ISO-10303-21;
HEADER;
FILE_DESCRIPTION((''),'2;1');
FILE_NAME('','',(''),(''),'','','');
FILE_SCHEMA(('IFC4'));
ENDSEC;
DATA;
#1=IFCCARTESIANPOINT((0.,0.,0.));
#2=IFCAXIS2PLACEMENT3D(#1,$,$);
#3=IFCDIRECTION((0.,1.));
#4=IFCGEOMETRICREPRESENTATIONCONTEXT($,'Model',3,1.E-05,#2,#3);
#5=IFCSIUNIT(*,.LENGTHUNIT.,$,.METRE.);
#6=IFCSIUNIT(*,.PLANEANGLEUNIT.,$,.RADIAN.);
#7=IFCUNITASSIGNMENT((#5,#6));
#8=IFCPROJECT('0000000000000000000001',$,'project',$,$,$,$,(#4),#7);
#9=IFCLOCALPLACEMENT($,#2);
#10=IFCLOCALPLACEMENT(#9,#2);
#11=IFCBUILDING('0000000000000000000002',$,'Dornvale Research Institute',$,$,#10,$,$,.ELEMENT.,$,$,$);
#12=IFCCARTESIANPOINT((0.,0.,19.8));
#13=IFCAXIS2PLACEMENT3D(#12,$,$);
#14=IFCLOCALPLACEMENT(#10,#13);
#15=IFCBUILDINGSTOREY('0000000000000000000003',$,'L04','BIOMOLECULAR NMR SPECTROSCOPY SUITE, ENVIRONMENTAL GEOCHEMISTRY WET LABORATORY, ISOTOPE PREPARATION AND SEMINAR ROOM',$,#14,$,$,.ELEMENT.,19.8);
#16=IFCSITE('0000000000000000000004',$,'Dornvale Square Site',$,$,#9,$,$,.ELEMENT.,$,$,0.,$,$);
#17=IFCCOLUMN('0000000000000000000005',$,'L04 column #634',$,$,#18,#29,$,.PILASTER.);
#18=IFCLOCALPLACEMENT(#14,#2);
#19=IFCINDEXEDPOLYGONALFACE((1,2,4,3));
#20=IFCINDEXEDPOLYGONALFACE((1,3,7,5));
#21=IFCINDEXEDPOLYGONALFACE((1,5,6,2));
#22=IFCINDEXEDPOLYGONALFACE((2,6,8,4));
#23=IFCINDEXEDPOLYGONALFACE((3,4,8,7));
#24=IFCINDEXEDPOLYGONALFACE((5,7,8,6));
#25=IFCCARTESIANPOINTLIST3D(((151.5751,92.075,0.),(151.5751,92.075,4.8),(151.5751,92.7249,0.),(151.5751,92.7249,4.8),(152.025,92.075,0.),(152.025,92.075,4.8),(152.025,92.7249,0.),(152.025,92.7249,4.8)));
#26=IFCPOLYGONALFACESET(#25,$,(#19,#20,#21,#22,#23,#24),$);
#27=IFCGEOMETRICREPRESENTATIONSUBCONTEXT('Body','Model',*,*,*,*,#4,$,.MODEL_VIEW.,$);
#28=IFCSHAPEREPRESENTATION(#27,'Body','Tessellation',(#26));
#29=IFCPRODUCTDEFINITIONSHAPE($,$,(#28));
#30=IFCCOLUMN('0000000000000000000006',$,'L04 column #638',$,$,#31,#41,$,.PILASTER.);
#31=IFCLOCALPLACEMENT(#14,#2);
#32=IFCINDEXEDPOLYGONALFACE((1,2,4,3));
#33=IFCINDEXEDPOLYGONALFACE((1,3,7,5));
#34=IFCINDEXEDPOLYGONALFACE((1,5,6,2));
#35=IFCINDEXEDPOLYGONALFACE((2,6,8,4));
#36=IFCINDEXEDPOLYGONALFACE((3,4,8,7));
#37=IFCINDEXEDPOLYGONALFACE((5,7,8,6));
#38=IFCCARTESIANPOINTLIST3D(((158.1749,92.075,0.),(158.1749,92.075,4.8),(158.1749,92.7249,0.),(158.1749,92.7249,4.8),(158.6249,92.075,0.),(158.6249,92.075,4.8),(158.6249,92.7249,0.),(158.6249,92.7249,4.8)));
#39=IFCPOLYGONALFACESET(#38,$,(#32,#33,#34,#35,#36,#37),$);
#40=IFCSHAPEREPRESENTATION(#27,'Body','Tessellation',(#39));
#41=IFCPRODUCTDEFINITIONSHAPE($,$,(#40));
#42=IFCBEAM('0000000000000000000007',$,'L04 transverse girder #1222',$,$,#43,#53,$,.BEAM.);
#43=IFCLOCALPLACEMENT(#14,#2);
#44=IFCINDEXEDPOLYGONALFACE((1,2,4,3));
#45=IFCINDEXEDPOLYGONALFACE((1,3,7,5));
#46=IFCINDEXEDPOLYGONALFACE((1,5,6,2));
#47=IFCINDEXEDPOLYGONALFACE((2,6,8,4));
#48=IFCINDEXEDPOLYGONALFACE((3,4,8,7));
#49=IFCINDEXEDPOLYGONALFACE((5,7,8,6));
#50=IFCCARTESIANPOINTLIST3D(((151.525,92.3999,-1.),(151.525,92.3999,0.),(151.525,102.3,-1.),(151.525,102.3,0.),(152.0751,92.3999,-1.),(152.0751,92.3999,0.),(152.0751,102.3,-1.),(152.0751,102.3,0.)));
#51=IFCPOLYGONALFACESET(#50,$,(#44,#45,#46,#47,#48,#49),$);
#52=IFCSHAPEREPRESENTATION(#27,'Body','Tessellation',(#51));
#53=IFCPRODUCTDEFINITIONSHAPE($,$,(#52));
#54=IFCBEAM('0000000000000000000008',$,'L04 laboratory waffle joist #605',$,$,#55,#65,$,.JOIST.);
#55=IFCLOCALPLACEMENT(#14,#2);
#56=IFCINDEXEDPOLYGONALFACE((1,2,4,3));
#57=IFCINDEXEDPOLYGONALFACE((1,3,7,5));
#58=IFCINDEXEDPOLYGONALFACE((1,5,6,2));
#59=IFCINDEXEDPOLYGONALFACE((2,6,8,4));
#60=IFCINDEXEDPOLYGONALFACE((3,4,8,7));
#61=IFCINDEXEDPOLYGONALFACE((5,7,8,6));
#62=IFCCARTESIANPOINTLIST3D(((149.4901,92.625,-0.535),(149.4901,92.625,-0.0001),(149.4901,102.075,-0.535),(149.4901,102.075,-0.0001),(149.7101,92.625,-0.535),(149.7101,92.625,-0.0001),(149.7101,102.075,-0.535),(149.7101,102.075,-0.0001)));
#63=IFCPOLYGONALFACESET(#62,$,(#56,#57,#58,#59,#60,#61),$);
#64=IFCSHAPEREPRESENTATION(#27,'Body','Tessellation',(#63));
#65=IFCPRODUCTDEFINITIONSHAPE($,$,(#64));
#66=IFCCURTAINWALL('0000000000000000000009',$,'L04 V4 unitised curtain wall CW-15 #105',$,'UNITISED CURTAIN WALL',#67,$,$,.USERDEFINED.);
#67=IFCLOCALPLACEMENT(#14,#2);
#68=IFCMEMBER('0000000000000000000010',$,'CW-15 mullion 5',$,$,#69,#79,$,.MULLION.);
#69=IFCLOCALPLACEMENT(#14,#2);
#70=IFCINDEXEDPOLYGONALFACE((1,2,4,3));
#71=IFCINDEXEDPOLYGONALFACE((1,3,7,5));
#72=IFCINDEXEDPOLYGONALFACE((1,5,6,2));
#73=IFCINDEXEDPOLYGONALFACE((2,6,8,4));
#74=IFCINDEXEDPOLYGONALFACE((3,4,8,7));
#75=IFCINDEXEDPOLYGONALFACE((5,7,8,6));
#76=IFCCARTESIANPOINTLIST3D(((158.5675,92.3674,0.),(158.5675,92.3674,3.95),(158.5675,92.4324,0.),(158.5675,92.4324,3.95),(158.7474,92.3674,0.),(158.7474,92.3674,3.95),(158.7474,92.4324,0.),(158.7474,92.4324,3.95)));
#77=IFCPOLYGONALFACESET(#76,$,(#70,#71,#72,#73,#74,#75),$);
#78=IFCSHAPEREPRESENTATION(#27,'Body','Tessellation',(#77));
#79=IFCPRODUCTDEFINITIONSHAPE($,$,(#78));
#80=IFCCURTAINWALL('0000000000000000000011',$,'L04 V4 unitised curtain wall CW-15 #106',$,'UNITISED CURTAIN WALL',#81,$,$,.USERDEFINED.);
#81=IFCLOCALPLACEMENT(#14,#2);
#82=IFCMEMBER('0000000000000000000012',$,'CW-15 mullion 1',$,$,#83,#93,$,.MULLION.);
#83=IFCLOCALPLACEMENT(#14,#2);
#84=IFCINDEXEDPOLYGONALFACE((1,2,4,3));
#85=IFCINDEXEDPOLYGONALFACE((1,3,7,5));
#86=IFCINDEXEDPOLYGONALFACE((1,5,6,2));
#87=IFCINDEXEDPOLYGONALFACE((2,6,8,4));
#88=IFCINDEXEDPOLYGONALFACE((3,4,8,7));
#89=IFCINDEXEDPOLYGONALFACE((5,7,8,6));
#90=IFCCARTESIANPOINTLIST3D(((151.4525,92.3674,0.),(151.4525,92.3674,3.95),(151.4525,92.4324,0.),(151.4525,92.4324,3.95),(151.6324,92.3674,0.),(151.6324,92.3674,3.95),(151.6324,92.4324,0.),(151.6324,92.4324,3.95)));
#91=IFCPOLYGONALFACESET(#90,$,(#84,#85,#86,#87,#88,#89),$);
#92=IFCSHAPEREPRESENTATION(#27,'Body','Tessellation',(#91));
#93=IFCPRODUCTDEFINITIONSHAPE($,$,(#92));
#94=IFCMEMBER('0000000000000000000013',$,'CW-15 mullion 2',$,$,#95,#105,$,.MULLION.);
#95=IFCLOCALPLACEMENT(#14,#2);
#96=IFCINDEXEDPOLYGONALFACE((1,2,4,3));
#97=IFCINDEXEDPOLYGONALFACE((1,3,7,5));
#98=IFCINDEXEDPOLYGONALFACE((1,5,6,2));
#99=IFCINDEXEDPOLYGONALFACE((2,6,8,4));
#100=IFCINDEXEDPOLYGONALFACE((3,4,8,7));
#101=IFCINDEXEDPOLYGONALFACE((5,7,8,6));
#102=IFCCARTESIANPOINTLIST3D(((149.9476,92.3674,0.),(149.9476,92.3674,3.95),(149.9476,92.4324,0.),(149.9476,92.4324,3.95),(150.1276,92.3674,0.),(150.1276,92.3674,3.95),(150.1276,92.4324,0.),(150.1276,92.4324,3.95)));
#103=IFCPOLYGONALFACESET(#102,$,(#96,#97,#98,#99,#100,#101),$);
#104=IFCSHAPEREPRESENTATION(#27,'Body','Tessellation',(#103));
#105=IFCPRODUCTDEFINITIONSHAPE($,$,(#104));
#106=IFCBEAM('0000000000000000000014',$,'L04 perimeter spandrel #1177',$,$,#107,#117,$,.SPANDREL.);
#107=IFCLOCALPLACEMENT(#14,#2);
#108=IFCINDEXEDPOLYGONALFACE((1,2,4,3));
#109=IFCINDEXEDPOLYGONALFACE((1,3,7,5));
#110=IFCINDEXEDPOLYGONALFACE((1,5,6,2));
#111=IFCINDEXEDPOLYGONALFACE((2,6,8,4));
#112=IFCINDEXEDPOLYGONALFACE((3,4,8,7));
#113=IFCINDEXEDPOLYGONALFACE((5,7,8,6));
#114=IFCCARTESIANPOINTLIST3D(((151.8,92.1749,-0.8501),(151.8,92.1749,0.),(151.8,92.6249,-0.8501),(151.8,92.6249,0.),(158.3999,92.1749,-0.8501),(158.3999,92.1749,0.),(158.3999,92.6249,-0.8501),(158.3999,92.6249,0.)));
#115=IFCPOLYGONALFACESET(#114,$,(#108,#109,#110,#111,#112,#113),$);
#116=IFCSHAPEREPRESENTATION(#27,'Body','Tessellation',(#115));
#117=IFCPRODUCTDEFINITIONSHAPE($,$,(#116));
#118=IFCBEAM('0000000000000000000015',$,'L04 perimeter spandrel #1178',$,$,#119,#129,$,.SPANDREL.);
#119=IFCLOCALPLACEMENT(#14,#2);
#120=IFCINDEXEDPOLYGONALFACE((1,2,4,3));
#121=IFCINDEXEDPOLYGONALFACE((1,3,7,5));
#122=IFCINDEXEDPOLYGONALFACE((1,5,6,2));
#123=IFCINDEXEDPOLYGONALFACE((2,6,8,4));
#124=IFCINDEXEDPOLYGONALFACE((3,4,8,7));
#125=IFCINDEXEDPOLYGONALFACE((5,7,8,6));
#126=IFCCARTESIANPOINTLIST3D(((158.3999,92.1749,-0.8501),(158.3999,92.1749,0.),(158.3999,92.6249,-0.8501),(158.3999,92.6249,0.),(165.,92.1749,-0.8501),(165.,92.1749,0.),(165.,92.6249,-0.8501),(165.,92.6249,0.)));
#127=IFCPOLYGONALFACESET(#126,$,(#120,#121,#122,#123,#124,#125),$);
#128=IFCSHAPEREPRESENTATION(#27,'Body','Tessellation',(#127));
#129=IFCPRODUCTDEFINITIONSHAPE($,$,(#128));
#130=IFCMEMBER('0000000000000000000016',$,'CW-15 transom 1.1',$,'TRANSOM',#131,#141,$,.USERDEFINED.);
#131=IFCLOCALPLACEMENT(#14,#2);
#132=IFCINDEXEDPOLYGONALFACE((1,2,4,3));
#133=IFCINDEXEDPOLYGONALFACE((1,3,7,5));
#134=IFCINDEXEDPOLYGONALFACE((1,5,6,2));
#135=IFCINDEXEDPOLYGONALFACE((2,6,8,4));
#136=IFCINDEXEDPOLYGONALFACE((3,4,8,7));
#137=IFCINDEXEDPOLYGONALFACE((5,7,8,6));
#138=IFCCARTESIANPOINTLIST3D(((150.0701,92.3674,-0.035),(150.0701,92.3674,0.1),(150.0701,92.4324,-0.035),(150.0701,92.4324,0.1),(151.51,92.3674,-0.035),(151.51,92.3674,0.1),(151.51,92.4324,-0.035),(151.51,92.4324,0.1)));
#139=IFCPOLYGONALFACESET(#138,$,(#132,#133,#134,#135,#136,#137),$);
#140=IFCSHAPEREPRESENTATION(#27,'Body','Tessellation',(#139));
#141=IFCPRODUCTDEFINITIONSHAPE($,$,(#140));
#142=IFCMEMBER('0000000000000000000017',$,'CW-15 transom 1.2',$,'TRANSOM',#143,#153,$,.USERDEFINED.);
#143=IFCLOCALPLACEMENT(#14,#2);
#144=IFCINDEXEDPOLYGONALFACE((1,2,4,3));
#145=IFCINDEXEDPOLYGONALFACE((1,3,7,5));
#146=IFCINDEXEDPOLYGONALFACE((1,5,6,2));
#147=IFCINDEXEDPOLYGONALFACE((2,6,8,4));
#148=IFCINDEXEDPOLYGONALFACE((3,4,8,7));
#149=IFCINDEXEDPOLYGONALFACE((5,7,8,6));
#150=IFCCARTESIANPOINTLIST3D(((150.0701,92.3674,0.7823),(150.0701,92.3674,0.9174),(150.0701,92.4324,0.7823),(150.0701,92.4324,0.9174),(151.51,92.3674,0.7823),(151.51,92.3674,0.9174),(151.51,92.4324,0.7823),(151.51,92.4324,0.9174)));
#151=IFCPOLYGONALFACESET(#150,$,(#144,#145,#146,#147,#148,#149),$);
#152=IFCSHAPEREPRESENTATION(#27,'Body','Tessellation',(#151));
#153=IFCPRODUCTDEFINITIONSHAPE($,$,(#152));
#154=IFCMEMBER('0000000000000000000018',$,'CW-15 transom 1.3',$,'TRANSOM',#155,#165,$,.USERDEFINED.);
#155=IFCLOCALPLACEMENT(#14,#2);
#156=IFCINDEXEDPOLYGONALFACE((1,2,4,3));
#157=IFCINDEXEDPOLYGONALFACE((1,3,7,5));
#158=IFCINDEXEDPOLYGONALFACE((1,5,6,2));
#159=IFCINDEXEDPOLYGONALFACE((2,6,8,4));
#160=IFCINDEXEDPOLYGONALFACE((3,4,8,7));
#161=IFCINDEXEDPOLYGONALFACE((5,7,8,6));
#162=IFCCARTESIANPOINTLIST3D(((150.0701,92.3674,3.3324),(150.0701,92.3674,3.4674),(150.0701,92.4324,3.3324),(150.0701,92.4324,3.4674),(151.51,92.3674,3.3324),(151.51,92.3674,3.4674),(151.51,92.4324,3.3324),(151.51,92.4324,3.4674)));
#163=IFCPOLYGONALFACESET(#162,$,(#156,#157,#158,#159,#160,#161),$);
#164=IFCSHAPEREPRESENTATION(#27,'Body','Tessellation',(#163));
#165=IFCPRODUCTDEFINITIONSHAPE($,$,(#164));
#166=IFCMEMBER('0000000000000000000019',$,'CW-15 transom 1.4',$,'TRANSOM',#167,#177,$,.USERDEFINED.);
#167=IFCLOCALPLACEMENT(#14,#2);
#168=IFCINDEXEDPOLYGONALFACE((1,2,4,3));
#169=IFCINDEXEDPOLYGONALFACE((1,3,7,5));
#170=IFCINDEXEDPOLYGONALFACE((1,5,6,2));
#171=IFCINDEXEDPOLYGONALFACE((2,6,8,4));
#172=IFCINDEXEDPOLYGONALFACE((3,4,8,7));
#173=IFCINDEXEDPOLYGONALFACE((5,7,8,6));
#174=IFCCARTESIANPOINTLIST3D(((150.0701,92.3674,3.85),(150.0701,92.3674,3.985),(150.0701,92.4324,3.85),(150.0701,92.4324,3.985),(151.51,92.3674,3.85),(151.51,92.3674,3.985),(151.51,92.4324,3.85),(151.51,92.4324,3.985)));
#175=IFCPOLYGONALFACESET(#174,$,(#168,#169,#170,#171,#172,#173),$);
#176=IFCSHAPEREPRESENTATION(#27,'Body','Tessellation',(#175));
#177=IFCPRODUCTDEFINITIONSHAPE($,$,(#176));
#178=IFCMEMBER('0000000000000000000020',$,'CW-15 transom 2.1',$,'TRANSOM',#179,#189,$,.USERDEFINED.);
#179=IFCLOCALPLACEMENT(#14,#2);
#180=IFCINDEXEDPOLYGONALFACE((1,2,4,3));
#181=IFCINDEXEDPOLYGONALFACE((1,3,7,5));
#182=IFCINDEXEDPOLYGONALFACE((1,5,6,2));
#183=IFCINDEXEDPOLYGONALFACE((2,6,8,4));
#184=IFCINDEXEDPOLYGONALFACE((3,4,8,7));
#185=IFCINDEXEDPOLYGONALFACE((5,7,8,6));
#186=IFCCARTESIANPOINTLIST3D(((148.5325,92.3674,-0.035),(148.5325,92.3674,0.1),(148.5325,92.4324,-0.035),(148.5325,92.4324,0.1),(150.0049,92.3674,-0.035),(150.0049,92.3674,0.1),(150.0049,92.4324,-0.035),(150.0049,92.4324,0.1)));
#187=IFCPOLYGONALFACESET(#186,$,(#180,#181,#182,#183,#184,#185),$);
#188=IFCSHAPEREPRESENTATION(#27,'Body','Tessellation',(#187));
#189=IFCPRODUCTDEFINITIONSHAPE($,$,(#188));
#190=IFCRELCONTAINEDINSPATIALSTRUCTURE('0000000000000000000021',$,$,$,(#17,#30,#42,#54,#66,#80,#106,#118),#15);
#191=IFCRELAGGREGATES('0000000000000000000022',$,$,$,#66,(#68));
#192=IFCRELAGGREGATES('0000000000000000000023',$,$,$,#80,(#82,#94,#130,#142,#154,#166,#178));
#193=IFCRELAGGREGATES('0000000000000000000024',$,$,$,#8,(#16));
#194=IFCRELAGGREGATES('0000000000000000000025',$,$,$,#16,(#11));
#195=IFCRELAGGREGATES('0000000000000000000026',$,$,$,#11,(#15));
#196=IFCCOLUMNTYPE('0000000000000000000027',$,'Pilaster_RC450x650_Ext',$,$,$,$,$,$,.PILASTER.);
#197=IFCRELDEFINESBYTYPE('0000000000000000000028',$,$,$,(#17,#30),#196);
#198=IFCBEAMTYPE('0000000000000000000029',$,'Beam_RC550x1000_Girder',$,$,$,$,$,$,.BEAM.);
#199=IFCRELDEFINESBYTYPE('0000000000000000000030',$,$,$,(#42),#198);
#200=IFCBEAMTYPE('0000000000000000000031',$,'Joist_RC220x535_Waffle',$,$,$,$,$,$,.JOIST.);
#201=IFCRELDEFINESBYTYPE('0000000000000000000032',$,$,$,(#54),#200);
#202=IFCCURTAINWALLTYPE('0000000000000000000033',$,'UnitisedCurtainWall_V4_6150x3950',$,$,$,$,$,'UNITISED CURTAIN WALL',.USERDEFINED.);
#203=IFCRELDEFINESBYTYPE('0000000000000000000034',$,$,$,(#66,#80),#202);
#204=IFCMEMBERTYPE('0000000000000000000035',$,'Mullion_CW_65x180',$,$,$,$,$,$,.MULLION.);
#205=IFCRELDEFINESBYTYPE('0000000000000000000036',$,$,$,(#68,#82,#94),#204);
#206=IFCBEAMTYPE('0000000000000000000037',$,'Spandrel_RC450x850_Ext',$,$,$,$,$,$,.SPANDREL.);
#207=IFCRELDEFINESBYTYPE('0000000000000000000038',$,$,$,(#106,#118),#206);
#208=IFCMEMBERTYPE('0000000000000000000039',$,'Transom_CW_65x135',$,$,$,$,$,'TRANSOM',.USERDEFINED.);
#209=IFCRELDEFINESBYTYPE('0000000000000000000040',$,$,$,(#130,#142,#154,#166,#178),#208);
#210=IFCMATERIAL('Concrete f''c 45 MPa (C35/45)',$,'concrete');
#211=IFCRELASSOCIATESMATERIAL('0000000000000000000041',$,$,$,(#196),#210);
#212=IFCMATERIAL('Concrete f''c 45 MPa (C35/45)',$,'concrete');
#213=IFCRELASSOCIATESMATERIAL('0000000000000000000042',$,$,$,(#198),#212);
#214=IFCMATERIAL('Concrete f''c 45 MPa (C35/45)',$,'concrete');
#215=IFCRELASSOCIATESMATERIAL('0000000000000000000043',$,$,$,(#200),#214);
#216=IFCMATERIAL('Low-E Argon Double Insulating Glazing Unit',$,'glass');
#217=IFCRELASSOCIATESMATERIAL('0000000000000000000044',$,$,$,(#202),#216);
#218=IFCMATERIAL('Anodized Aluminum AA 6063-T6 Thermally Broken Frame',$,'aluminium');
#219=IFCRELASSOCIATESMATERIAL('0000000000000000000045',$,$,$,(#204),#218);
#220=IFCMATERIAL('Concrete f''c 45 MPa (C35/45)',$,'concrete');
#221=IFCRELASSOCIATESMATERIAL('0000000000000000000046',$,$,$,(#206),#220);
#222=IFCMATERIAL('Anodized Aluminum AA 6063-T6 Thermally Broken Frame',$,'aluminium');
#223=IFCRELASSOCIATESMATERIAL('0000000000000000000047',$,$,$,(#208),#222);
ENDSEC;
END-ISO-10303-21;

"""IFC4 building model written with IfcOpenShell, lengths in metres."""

from ifc_helpers import new_model, si_unit, direction, frame, origin, origin_2d, place, context, subcontext, project, spatial, rectangle, extrude, material, material_profile, profile_set, type_object, element, aggregate, save


model = new_model("IFC4")

# Units and contexts
model_context = context("Model", 3, precision=1e-05, world=origin(), true_north=direction((0.0, 1.0)))
body_context = subcontext(model_context, "Body", "Model", "MODEL_VIEW")
ifc_project = project(units=[si_unit("LENGTHUNIT", "METRE"), si_unit("PLANEANGLEUNIT", "RADIAN")], contexts=[model_context])

# Site, building, storey
site_placement = place(None, origin())
site = spatial("IfcSite", under=ifc_project, at=site_placement, Name="Dornvale Square Site", CompositionType="ELEMENT", RefElevation=0.0)
building_placement = place(site_placement, origin())
building = spatial("IfcBuilding", under=site, at=building_placement, Name="Dornvale Research Institute", CompositionType="ELEMENT")
storey_placement = place(building_placement, frame((0.0, 0.0, 19.8)))
storey = spatial("IfcBuildingStorey", under=building, at=storey_placement, Name="L04", Description="BIOMOLECULAR NMR SPECTROSCOPY SUITE, ENVIRONMENTAL GEOCHEMISTRY WET LABORATORY, ISOTOPE PREPARATION AND SEMINAR ROOM", CompositionType="ELEMENT", Elevation=19.8)

# Columns
ifc_material_1 = material(Name="Concrete f'c 45 MPa (C35/45)", Category="concrete")
ifc_material_profile_1 = material_profile(ifc_material_1, rectangle(XDim=0.45, YDim=0.6499, at=origin_2d()), Name="RC 450x650")
ifc_profile_set_1 = profile_set([ifc_material_profile_1], Name="Concrete f'c 45 MPa (C35/45)")
column_type = type_object("IfcColumnType", Name="Pilaster_RC450x650_Ext", PredefinedType="PILASTER", material=ifc_profile_set_1)
for number, where, z_axis, x_axis, name in (
    (1, (151.8, 92.3999, 0.0), (0.0, 0.0, 1.0), (1.0, 0.0, 0.0), "L04 column #634"),
    (2, (158.3999, 92.3999, 0.0), (0.0, 0.0, 1.0), (1.0, 0.0, 0.0), "L04 column #638"),
):
    element("IfcColumn", number, at=place(storey_placement, frame(where, z_axis=z_axis, x_axis=x_axis)), inside=storey, type_object=column_type, Name=name, PredefinedType="PILASTER", context=body_context, shape_type="SweptSolid", body=[
        extrude(rectangle(XDim=0.45, YDim=0.6499, at=origin_2d()), origin(), (0.0, 0.0, 1.0), 4.8),
    ])

# Beams
ifc_material_2 = material(Name="Concrete f'c 45 MPa (C35/45)", Category="concrete")
ifc_material_profile_2 = material_profile(ifc_material_2, rectangle(XDim=0.55, YDim=1.0, at=origin_2d()), Name="RC 550x1000")
ifc_profile_set_2 = profile_set([ifc_material_profile_2], Name="Concrete f'c 45 MPa (C35/45)")
beam_type_1 = type_object("IfcBeamType", Name="Beam_RC550x1000_Girder", PredefinedType="BEAM", material=ifc_profile_set_2)
beam_1_placement = place(storey_placement, frame((151.8, 92.3999, -0.5), z_axis=(0.0, 1.0, 0.0), x_axis=(-1.0, 0.0, 0.0)))
element("IfcBeam", 3, at=beam_1_placement, inside=storey, type_object=beam_type_1, Name="L04 transverse girder #1222", PredefinedType="BEAM", context=body_context, shape_type="SweptSolid", body=[
    extrude(rectangle(XDim=0.55, YDim=1.0, at=origin_2d()), origin(), (0.0, 0.0, 1.0), 9.9001),
])
ifc_material_3 = material(Name="Concrete f'c 45 MPa (C35/45)", Category="concrete")
ifc_material_profile_3 = material_profile(ifc_material_3, rectangle(XDim=0.22, YDim=0.5349, at=origin_2d()), Name="RC 220x535")
ifc_profile_set_3 = profile_set([ifc_material_profile_3], Name="Concrete f'c 45 MPa (C35/45)")
beam_type_2 = type_object("IfcBeamType", Name="Joist_RC220x535_Waffle", PredefinedType="JOIST", material=ifc_profile_set_3)
beam_2_placement = place(storey_placement, frame((149.6001, 92.625, -0.2676), z_axis=(0.0, 1.0, 0.0), x_axis=(-1.0, 0.0, 0.0)))
element("IfcBeam", 4, at=beam_2_placement, inside=storey, type_object=beam_type_2, Name="L04 laboratory waffle joist #605", PredefinedType="JOIST", context=body_context, shape_type="SweptSolid", body=[
    extrude(rectangle(XDim=0.22, YDim=0.5349, at=origin_2d()), origin(), (0.0, 0.0, 1.0), 9.45),
])

# Curtain wall, member
ifc_material_4 = material(Name="Low-E Argon Double Insulating Glazing Unit", Category="glass")
curtain_wall_type = type_object("IfcCurtainWallType", Name="UnitisedCurtainWall_V4_6150x3950", ElementType="UNITISED CURTAIN WALL", PredefinedType="USERDEFINED", material=ifc_material_4)
curtain_wall_1_placement = place(storey_placement, origin())
curtain_wall_1 = element("IfcCurtainWall", 5, at=curtain_wall_1_placement, inside=storey, type_object=curtain_wall_type, Name="L04 V4 unitised curtain wall CW-15 #105", ObjectType="UNITISED CURTAIN WALL", PredefinedType="USERDEFINED")
ifc_material_5 = material(Name="Anodized Aluminum AA 6063-T6 Thermally Broken Frame", Category="aluminium")
ifc_material_profile_4 = material_profile(ifc_material_5, rectangle(XDim=0.0649, YDim=0.1799, at=origin_2d()), Name="ALU MULLION 65x180")
ifc_profile_set_4 = profile_set([ifc_material_profile_4], Name="Anodized Aluminum AA 6063-T6 Thermally Broken Frame")
member_type_1 = type_object("IfcMemberType", Name="Mullion_CW_65x180", PredefinedType="MULLION", material=ifc_profile_set_4)
member_1_placement = place(storey_placement, frame((158.6575, 92.3999, 0.0), z_axis=(0.0, 0.0, 1.0), x_axis=(0.0, -1.0, 0.0)))
member_1 = element("IfcMember", 6, at=member_1_placement, type_object=member_type_1, Name="CW-15 mullion 5", PredefinedType="MULLION", context=body_context, shape_type="SweptSolid", body=[
    extrude(rectangle(XDim=0.0649, YDim=0.1799, at=origin_2d()), origin(), (0.0, 0.0, 1.0), 3.95),
])

# Curtain wall, members
curtain_wall_2_placement = place(storey_placement, origin())
curtain_wall_2 = element("IfcCurtainWall", 7, at=curtain_wall_2_placement, inside=storey, type_object=curtain_wall_type, Name="L04 V4 unitised curtain wall CW-15 #106", ObjectType="UNITISED CURTAIN WALL", PredefinedType="USERDEFINED")
member_2_placement = place(storey_placement, frame((151.5425, 92.3999, 0.0), z_axis=(0.0, 0.0, 1.0), x_axis=(0.0, -1.0, 0.0)))
member_2 = element("IfcMember", 8, at=member_2_placement, type_object=member_type_1, Name="CW-15 mullion 1", PredefinedType="MULLION", context=body_context, shape_type="SweptSolid", body=[
    extrude(rectangle(XDim=0.0649, YDim=0.1799, at=origin_2d()), origin(), (0.0, 0.0, 1.0), 3.95),
])
member_3_placement = place(storey_placement, frame((150.0376, 92.3999, 0.0), z_axis=(0.0, 0.0, 1.0), x_axis=(0.0, -1.0, 0.0)))
member_3 = element("IfcMember", 9, at=member_3_placement, type_object=member_type_1, Name="CW-15 mullion 2", PredefinedType="MULLION", context=body_context, shape_type="SweptSolid", body=[
    extrude(rectangle(XDim=0.0649, YDim=0.1799, at=origin_2d()), origin(), (0.0, 0.0, 1.0), 3.95),
])

# Beams
ifc_material_6 = material(Name="Concrete f'c 45 MPa (C35/45)", Category="concrete")
ifc_material_profile_5 = material_profile(ifc_material_6, rectangle(XDim=0.45, YDim=0.8501, at=origin_2d()), Name="RC 450x850")
ifc_profile_set_5 = profile_set([ifc_material_profile_5], Name="Concrete f'c 45 MPa (C35/45)")
beam_type_3 = type_object("IfcBeamType", Name="Spandrel_RC450x850_Ext", PredefinedType="SPANDREL", material=ifc_profile_set_5)
beam_3_placement = place(storey_placement, frame((151.8, 92.3999, -0.425), z_axis=(1.0, 0.0, 0.0), x_axis=(0.0, 1.0, 0.0)))
element("IfcBeam", 10, at=beam_3_placement, inside=storey, type_object=beam_type_3, Name="L04 perimeter spandrel #1177", PredefinedType="SPANDREL", context=body_context, shape_type="SweptSolid", body=[
    extrude(rectangle(XDim=0.45, YDim=0.8501, at=origin_2d()), origin(), (0.0, 0.0, 1.0), 6.5999),
])
beam_4_placement = place(storey_placement, frame((158.3999, 92.3999, -0.425), z_axis=(1.0, 0.0, 0.0), x_axis=(0.0, 1.0, 0.0)))
element("IfcBeam", 11, at=beam_4_placement, inside=storey, type_object=beam_type_3, Name="L04 perimeter spandrel #1178", PredefinedType="SPANDREL", context=body_context, shape_type="SweptSolid", body=[
    extrude(rectangle(XDim=0.45, YDim=0.8501, at=origin_2d()), origin(), (0.0, 0.0, 1.0), 6.6001),
])

# Members
ifc_material_7 = material(Name="Anodized Aluminum AA 6063-T6 Thermally Broken Frame", Category="aluminium")
ifc_material_profile_6 = material_profile(ifc_material_7, rectangle(XDim=0.0649, YDim=0.135, at=origin_2d()), Name="ALU TRANSOM 65x135")
ifc_profile_set_6 = profile_set([ifc_material_profile_6], Name="Anodized Aluminum AA 6063-T6 Thermally Broken Frame")
member_type_2 = type_object("IfcMemberType", Name="Transom_CW_65x135", ElementType="TRANSOM", PredefinedType="USERDEFINED", material=ifc_profile_set_6)
member_4_placement = place(storey_placement, frame((151.51, 92.3999, 0.0325), z_axis=(-1.0, 0.0, 0.0), x_axis=(0.0, -1.0, 0.0)))
member_4 = element("IfcMember", 12, at=member_4_placement, type_object=member_type_2, Name="CW-15 transom 1.1", ObjectType="TRANSOM", PredefinedType="USERDEFINED", context=body_context, shape_type="SweptSolid", body=[
    extrude(rectangle(XDim=0.0649, YDim=0.135, at=origin_2d()), origin(), (0.0, 0.0, 1.0), 1.4399),
])
member_5_placement = place(storey_placement, frame((151.51, 92.3999, 0.8499), z_axis=(-1.0, 0.0, 0.0), x_axis=(0.0, -1.0, 0.0)))
member_5 = element("IfcMember", 13, at=member_5_placement, type_object=member_type_2, Name="CW-15 transom 1.2", ObjectType="TRANSOM", PredefinedType="USERDEFINED", context=body_context, shape_type="SweptSolid", body=[
    extrude(rectangle(XDim=0.0649, YDim=0.135, at=origin_2d()), origin(), (0.0, 0.0, 1.0), 1.4399),
])
member_6_placement = place(storey_placement, frame((151.51, 92.3999, 3.3999), z_axis=(-1.0, 0.0, 0.0), x_axis=(0.0, -1.0, 0.0)))
member_6 = element("IfcMember", 14, at=member_6_placement, type_object=member_type_2, Name="CW-15 transom 1.3", ObjectType="TRANSOM", PredefinedType="USERDEFINED", context=body_context, shape_type="SweptSolid", body=[
    extrude(rectangle(XDim=0.0649, YDim=0.135, at=origin_2d()), origin(), (0.0, 0.0, 1.0), 1.4399),
])
member_7_placement = place(storey_placement, frame((151.51, 92.3999, 3.9175), z_axis=(-1.0, 0.0, 0.0), x_axis=(0.0, -1.0, 0.0)))
member_7 = element("IfcMember", 15, at=member_7_placement, type_object=member_type_2, Name="CW-15 transom 1.4", ObjectType="TRANSOM", PredefinedType="USERDEFINED", context=body_context, shape_type="SweptSolid", body=[
    extrude(rectangle(XDim=0.0649, YDim=0.135, at=origin_2d()), origin(), (0.0, 0.0, 1.0), 1.4399),
])
member_8_placement = place(storey_placement, frame((150.0049, 92.3999, 0.0325), z_axis=(-1.0, 0.0, 0.0), x_axis=(0.0, -1.0, 0.0)))
member_8 = element("IfcMember", 16, at=member_8_placement, type_object=member_type_2, Name="CW-15 transom 2.1", ObjectType="TRANSOM", PredefinedType="USERDEFINED", context=body_context, shape_type="SweptSolid", body=[
    extrude(rectangle(XDim=0.0649, YDim=0.135, at=origin_2d()), origin(), (0.0, 0.0, 1.0), 1.4724),
])

aggregate(curtain_wall_1, [member_1])
aggregate(curtain_wall_2, [member_2, member_3, member_4, member_5, member_6, member_7, member_8])

save(model, "model.ifc")
